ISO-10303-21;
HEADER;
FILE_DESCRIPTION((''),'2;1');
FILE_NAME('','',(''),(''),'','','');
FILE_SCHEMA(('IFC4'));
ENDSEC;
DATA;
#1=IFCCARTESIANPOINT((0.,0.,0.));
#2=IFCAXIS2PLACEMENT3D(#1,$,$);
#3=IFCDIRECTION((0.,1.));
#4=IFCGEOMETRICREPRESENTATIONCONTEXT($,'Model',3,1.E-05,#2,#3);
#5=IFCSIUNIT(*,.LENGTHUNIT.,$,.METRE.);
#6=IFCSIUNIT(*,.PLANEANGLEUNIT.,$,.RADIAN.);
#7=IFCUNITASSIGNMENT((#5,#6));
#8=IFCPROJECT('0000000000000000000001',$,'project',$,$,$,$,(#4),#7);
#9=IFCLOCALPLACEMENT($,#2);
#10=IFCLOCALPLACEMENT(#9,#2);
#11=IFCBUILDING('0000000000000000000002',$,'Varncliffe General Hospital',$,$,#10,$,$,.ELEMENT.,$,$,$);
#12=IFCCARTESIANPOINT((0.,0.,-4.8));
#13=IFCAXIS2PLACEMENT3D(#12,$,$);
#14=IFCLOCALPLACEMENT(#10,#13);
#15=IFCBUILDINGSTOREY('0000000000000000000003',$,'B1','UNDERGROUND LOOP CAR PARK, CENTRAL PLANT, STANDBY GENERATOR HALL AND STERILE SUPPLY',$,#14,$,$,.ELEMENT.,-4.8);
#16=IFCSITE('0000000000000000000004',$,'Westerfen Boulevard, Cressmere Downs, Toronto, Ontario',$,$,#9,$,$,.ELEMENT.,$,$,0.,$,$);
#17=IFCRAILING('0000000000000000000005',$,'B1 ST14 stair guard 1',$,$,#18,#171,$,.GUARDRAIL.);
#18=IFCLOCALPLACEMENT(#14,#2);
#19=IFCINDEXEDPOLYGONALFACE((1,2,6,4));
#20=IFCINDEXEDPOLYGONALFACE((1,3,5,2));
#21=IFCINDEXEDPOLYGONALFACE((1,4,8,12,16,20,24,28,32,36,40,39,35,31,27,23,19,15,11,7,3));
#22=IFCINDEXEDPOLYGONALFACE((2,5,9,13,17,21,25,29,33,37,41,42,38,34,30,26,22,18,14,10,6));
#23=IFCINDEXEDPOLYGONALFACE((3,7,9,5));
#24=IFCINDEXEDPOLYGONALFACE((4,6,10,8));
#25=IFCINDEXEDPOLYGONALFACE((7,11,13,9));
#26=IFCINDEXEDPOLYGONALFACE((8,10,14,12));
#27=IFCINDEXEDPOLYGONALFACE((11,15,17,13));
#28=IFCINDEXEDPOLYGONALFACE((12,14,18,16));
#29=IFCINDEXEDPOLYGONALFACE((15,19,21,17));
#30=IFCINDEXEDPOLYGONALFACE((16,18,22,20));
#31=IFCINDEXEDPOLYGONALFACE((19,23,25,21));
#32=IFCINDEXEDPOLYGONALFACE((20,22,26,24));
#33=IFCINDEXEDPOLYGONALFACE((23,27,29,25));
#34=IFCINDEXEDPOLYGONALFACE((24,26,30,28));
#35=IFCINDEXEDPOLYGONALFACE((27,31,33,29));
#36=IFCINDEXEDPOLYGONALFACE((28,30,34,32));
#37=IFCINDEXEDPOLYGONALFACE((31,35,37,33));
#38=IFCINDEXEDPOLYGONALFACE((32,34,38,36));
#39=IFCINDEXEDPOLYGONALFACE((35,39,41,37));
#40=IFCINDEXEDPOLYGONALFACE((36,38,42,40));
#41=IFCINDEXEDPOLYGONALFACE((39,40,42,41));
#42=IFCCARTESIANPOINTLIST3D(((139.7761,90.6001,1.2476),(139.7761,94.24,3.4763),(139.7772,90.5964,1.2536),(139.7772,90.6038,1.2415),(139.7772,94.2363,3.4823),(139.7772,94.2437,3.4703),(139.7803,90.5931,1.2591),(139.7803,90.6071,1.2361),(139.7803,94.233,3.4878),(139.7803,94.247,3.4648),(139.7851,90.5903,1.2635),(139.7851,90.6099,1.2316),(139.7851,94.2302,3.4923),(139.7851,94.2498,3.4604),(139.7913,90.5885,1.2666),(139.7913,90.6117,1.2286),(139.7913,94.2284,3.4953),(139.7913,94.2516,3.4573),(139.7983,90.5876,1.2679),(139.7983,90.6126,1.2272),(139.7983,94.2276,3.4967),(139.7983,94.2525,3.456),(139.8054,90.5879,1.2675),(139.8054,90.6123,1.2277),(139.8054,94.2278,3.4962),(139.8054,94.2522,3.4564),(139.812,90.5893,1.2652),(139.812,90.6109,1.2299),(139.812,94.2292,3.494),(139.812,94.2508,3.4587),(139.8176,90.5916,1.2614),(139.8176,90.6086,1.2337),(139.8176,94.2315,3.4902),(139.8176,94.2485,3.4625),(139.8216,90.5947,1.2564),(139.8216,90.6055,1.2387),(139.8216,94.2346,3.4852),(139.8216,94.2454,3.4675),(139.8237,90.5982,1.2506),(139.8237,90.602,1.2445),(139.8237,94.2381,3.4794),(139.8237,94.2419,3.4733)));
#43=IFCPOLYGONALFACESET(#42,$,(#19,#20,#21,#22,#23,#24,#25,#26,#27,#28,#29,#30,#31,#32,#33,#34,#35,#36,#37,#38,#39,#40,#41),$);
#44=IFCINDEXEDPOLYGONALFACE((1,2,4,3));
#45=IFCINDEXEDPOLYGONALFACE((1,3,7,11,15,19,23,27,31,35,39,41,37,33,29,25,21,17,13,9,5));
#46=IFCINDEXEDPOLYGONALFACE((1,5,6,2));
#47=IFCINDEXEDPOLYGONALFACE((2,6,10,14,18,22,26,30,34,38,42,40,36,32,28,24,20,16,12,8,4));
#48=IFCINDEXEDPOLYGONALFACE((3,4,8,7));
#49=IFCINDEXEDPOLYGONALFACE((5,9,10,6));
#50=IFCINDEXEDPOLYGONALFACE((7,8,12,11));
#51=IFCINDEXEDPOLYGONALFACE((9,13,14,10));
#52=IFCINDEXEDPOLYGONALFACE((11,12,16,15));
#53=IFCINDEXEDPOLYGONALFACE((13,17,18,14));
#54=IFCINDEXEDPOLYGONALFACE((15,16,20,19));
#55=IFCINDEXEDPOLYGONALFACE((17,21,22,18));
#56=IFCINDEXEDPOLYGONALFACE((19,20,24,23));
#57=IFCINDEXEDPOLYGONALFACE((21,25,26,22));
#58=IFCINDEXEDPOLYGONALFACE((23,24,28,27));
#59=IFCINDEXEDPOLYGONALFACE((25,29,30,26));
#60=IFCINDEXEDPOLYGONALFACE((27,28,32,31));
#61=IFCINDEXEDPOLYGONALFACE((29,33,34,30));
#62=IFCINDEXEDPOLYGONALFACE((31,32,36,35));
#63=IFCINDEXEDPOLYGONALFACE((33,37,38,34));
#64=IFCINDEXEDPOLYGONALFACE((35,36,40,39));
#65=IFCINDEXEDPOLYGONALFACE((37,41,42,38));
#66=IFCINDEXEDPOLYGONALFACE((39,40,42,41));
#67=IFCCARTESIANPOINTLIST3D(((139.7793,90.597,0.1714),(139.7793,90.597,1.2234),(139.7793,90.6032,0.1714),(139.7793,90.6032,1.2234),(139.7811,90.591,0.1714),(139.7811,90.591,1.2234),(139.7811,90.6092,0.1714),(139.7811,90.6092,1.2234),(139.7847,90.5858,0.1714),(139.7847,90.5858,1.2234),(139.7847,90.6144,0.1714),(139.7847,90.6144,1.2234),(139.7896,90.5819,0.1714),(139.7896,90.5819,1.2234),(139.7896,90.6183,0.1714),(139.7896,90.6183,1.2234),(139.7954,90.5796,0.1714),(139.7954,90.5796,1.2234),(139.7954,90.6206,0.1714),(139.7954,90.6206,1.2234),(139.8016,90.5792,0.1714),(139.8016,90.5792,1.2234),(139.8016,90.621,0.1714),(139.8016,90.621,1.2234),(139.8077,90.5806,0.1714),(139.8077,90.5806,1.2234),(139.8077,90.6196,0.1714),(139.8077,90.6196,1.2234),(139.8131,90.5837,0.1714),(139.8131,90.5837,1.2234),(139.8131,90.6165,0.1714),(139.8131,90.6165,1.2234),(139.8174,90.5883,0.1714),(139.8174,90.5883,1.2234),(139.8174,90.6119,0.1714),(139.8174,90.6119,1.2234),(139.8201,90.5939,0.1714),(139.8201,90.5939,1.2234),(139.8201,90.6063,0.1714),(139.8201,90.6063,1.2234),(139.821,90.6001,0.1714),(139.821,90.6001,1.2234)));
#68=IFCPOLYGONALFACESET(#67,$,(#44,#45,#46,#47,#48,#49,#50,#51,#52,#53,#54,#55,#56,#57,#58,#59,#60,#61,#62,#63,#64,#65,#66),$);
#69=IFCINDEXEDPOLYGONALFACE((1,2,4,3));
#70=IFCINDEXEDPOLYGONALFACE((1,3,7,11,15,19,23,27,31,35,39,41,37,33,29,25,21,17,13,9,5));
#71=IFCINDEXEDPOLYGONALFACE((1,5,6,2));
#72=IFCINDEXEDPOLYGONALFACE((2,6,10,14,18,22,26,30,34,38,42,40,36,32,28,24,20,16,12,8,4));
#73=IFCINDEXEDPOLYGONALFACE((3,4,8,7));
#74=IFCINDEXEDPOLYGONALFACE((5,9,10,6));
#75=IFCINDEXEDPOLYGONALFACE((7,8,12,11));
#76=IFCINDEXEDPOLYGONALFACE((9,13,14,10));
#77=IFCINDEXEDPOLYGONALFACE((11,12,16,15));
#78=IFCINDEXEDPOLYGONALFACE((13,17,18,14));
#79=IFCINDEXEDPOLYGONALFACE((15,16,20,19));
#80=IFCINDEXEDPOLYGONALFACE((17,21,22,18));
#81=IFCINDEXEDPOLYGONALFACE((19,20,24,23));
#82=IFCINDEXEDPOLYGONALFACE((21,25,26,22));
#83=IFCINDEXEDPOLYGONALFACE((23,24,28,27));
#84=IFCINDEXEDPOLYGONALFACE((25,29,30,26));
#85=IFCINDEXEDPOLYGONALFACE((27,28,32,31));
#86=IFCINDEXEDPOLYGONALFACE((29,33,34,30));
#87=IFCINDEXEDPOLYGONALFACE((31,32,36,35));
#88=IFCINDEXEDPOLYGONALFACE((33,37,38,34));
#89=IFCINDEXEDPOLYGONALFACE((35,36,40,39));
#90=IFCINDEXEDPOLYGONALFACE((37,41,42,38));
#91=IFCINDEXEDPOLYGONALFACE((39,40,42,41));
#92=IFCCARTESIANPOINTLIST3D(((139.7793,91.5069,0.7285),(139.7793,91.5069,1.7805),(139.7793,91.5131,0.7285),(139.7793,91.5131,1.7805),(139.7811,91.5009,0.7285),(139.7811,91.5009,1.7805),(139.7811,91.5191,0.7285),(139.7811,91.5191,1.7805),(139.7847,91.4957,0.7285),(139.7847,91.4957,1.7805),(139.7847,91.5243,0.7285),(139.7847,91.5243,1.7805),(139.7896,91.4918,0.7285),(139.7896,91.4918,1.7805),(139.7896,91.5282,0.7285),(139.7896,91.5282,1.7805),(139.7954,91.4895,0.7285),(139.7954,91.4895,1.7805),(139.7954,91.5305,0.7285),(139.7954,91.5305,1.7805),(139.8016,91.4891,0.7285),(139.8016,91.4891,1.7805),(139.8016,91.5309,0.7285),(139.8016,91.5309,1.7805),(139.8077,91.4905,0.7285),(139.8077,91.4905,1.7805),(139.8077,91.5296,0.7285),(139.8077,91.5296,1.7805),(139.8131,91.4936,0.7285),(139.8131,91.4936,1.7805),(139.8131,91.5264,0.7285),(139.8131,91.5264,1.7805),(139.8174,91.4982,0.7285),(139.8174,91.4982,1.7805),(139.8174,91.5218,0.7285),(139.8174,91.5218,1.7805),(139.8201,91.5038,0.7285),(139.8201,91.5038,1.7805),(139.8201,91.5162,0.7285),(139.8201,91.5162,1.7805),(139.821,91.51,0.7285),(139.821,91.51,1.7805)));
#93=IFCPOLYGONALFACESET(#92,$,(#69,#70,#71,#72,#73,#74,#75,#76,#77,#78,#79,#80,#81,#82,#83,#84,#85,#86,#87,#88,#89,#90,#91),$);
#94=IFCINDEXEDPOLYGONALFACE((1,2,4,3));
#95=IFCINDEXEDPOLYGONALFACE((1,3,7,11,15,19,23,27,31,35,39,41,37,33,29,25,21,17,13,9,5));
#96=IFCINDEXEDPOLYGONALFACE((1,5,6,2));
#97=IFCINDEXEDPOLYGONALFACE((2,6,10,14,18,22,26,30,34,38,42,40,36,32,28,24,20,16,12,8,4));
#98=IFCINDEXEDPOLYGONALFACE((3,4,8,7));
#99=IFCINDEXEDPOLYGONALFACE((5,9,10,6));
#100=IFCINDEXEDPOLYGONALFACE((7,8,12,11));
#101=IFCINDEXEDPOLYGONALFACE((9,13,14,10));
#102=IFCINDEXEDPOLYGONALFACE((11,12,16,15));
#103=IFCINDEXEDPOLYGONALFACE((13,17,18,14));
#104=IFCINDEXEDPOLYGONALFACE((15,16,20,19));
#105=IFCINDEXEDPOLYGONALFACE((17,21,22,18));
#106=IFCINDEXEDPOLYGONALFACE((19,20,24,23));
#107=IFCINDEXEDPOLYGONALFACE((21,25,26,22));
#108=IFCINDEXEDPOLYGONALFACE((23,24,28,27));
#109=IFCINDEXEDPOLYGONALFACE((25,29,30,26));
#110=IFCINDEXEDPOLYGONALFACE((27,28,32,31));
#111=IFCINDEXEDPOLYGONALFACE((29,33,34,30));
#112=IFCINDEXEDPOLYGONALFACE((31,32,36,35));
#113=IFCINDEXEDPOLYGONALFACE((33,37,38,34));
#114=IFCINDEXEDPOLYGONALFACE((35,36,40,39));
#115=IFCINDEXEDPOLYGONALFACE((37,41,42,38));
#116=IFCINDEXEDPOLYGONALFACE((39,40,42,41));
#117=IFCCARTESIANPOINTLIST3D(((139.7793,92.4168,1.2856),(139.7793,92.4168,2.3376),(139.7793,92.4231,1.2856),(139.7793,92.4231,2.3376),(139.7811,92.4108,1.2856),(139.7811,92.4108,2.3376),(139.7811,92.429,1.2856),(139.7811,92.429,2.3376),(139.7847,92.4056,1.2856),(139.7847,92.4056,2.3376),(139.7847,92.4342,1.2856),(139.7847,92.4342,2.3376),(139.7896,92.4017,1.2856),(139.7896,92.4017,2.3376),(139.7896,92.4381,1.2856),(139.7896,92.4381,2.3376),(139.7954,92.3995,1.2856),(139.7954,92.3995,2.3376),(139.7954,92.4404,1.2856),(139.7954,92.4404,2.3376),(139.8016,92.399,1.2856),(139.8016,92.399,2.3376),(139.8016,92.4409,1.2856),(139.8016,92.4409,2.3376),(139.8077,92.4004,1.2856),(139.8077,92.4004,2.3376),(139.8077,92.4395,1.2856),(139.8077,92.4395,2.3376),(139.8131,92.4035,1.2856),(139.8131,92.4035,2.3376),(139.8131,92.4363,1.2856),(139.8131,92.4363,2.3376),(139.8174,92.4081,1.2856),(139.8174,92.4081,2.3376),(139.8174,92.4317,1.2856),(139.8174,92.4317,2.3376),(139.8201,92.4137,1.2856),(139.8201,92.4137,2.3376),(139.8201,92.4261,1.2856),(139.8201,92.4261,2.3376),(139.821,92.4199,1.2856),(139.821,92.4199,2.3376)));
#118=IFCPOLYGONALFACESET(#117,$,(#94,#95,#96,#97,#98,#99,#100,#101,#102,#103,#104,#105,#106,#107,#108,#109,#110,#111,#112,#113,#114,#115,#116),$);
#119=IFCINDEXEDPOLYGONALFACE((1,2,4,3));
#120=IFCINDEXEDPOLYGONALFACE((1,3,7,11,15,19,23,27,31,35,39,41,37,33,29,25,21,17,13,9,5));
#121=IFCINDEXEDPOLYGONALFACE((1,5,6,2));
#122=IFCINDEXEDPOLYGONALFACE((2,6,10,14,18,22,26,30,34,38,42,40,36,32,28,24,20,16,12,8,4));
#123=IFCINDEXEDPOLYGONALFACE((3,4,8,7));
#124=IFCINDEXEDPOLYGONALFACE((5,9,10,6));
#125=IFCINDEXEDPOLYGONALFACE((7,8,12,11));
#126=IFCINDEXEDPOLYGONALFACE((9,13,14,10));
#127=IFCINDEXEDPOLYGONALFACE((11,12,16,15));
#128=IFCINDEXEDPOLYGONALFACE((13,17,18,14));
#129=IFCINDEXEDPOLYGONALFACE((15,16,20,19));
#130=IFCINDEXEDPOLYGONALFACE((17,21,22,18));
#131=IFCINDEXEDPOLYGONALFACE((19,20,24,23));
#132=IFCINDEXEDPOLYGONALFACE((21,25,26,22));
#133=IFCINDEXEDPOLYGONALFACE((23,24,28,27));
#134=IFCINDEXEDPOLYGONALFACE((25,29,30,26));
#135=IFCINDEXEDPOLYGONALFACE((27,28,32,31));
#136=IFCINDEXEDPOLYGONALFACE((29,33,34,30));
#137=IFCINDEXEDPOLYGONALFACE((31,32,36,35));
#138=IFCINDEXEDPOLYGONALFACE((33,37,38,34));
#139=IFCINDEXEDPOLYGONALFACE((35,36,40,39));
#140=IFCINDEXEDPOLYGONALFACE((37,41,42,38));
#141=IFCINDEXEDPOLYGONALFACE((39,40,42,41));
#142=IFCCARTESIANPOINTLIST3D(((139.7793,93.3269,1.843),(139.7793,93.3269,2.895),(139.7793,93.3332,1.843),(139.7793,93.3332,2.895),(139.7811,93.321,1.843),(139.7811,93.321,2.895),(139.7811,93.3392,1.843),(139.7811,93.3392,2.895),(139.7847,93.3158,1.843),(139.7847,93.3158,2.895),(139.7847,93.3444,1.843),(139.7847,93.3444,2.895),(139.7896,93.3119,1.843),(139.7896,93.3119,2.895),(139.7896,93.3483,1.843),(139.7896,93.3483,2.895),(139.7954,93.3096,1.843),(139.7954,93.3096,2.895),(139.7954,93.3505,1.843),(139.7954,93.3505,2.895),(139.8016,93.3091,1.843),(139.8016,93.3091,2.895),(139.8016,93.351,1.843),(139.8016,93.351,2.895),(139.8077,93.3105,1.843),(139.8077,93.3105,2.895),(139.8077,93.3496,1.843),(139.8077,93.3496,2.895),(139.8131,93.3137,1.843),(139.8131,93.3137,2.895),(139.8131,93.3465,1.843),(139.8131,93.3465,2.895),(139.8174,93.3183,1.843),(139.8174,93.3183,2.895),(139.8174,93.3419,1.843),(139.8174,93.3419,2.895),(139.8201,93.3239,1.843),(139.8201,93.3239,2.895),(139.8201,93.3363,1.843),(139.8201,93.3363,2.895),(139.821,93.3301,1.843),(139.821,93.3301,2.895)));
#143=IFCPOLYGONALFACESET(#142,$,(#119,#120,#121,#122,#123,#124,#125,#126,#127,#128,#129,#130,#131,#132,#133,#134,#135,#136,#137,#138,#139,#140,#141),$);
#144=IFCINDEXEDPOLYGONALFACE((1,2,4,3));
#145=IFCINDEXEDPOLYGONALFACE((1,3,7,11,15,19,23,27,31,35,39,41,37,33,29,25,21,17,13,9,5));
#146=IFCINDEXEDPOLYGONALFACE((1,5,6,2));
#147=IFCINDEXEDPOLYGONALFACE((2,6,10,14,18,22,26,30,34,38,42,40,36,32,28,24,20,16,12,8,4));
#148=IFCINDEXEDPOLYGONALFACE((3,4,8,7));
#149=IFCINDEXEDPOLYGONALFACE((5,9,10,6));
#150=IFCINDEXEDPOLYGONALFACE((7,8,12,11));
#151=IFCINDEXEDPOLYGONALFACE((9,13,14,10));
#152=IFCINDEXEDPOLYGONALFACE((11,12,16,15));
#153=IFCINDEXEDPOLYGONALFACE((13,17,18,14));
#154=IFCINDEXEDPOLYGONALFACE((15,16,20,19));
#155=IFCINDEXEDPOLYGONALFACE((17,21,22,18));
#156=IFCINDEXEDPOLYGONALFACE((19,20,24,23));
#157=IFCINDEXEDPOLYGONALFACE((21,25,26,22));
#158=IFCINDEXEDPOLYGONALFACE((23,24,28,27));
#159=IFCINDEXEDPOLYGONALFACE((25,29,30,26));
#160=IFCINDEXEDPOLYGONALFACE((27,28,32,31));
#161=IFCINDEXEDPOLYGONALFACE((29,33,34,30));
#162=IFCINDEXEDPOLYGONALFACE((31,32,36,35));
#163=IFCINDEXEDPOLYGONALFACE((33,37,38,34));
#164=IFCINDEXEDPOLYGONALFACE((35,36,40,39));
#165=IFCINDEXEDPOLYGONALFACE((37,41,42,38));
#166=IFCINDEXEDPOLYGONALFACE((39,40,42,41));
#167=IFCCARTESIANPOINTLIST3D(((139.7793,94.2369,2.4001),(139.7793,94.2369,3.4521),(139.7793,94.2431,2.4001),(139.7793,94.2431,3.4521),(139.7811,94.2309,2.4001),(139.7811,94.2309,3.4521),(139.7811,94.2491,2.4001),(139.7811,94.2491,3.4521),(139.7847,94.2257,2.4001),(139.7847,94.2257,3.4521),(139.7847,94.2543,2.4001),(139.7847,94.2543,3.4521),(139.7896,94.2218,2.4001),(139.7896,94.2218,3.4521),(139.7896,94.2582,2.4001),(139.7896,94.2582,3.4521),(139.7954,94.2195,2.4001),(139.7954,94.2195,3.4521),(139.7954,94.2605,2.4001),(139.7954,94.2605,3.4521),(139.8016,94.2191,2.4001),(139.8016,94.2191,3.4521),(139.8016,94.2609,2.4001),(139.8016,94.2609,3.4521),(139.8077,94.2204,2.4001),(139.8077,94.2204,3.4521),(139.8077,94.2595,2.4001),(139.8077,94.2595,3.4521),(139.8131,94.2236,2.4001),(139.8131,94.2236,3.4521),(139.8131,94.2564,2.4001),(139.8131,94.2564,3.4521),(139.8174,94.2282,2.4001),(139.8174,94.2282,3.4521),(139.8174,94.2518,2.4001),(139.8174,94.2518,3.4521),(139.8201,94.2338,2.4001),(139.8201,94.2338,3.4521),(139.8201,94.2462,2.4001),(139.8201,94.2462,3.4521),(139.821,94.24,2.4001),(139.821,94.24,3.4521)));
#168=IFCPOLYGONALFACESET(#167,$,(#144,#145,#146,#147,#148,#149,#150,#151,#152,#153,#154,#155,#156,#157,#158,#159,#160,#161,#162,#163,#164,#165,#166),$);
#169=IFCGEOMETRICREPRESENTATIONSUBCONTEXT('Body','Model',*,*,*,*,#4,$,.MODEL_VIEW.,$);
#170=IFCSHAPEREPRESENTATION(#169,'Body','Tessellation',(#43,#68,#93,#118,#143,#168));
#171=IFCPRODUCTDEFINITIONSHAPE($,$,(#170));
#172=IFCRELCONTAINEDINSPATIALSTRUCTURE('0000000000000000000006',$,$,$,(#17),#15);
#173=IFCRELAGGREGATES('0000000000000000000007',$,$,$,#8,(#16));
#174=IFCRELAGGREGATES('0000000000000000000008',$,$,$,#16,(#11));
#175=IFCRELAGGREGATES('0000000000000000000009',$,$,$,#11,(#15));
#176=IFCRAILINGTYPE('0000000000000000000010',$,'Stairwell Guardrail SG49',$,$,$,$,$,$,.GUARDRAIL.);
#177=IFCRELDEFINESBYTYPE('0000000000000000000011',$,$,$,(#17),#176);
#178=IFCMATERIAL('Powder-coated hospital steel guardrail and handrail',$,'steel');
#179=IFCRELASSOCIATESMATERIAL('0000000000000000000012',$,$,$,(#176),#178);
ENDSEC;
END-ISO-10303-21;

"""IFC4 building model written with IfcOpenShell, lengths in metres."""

from ifc_helpers import new_model, si_unit, direction, frame, origin, origin_2d, place, context, subcontext, project, spatial, circle, extrude, material, type_object, element, save


model = new_model("IFC4")

# Units and contexts
model_context = context("Model", 3, precision=1e-05, world=origin(), true_north=direction((0.0, 1.0)))
body_context = subcontext(model_context, "Body", "Model", "MODEL_VIEW")
ifc_project = project(units=[si_unit("LENGTHUNIT", "METRE"), si_unit("PLANEANGLEUNIT", "RADIAN")], contexts=[model_context])

# Site, building, storey
site_placement = place(None, origin())
site = spatial("IfcSite", under=ifc_project, at=site_placement, Name="Westerfen Boulevard, Cressmere Downs, Toronto, Ontario", CompositionType="ELEMENT", RefElevation=0.0)
building_placement = place(site_placement, origin())
building = spatial("IfcBuilding", under=site, at=building_placement, Name="Varncliffe General Hospital", CompositionType="ELEMENT")
storey_placement = place(building_placement, frame((0.0, 0.0, -4.8)))
storey = spatial("IfcBuildingStorey", under=building, at=storey_placement, Name="B1", Description="UNDERGROUND LOOP CAR PARK, CENTRAL PLANT, STANDBY GENERATOR HALL AND STERILE SUPPLY", CompositionType="ELEMENT", Elevation=-4.8)

# Railing
ifc_material_1 = material(Name="Powder-coated hospital steel guardrail and handrail", Category="steel")
railing_type_1 = type_object("IfcRailingType", Name="Stairwell Guardrail SG49", PredefinedType="GUARDRAIL", material=ifc_material_1)
railing_1_placement = place(storey_placement, frame((139.8, 90.6001, 0.1714)))
element("IfcRailing", 1, at=railing_1_placement, inside=storey, type_object=railing_type_1, Name="B1 ST14 stair guard 1", PredefinedType="GUARDRAIL", context=body_context, shape_type="SweptSolid", body=[
    extrude(circle(Radius=0.0239, at=origin_2d()), frame((0.0, 0.0, 1.0762), z_axis=(0.0, 0.852825, 0.522197), x_axis=(-1.0, 0.0, 0.0)), (0.0, 0.0, 1.0), 4.2681),
    extrude(circle(Radius=0.021, at=origin_2d()), origin(), (0.0, 0.0, 1.0), 1.052),
    extrude(circle(Radius=0.021, at=origin_2d()), frame((0.0, 0.9099, 0.5571)), (0.0, 0.0, 1.0), 1.052),
    extrude(circle(Radius=0.021, at=origin_2d()), frame((0.0, 1.8198, 1.1143)), (0.0, 0.0, 1.0), 1.052),
    extrude(circle(Radius=0.021, at=origin_2d()), frame((0.0, 2.73, 1.6716)), (0.0, 0.0, 1.0), 1.052),
    extrude(circle(Radius=0.021, at=origin_2d()), frame((0.0, 3.6399, 2.2288)), (0.0, 0.0, 1.0), 1.052),
])

save(model, "model.ifc")
